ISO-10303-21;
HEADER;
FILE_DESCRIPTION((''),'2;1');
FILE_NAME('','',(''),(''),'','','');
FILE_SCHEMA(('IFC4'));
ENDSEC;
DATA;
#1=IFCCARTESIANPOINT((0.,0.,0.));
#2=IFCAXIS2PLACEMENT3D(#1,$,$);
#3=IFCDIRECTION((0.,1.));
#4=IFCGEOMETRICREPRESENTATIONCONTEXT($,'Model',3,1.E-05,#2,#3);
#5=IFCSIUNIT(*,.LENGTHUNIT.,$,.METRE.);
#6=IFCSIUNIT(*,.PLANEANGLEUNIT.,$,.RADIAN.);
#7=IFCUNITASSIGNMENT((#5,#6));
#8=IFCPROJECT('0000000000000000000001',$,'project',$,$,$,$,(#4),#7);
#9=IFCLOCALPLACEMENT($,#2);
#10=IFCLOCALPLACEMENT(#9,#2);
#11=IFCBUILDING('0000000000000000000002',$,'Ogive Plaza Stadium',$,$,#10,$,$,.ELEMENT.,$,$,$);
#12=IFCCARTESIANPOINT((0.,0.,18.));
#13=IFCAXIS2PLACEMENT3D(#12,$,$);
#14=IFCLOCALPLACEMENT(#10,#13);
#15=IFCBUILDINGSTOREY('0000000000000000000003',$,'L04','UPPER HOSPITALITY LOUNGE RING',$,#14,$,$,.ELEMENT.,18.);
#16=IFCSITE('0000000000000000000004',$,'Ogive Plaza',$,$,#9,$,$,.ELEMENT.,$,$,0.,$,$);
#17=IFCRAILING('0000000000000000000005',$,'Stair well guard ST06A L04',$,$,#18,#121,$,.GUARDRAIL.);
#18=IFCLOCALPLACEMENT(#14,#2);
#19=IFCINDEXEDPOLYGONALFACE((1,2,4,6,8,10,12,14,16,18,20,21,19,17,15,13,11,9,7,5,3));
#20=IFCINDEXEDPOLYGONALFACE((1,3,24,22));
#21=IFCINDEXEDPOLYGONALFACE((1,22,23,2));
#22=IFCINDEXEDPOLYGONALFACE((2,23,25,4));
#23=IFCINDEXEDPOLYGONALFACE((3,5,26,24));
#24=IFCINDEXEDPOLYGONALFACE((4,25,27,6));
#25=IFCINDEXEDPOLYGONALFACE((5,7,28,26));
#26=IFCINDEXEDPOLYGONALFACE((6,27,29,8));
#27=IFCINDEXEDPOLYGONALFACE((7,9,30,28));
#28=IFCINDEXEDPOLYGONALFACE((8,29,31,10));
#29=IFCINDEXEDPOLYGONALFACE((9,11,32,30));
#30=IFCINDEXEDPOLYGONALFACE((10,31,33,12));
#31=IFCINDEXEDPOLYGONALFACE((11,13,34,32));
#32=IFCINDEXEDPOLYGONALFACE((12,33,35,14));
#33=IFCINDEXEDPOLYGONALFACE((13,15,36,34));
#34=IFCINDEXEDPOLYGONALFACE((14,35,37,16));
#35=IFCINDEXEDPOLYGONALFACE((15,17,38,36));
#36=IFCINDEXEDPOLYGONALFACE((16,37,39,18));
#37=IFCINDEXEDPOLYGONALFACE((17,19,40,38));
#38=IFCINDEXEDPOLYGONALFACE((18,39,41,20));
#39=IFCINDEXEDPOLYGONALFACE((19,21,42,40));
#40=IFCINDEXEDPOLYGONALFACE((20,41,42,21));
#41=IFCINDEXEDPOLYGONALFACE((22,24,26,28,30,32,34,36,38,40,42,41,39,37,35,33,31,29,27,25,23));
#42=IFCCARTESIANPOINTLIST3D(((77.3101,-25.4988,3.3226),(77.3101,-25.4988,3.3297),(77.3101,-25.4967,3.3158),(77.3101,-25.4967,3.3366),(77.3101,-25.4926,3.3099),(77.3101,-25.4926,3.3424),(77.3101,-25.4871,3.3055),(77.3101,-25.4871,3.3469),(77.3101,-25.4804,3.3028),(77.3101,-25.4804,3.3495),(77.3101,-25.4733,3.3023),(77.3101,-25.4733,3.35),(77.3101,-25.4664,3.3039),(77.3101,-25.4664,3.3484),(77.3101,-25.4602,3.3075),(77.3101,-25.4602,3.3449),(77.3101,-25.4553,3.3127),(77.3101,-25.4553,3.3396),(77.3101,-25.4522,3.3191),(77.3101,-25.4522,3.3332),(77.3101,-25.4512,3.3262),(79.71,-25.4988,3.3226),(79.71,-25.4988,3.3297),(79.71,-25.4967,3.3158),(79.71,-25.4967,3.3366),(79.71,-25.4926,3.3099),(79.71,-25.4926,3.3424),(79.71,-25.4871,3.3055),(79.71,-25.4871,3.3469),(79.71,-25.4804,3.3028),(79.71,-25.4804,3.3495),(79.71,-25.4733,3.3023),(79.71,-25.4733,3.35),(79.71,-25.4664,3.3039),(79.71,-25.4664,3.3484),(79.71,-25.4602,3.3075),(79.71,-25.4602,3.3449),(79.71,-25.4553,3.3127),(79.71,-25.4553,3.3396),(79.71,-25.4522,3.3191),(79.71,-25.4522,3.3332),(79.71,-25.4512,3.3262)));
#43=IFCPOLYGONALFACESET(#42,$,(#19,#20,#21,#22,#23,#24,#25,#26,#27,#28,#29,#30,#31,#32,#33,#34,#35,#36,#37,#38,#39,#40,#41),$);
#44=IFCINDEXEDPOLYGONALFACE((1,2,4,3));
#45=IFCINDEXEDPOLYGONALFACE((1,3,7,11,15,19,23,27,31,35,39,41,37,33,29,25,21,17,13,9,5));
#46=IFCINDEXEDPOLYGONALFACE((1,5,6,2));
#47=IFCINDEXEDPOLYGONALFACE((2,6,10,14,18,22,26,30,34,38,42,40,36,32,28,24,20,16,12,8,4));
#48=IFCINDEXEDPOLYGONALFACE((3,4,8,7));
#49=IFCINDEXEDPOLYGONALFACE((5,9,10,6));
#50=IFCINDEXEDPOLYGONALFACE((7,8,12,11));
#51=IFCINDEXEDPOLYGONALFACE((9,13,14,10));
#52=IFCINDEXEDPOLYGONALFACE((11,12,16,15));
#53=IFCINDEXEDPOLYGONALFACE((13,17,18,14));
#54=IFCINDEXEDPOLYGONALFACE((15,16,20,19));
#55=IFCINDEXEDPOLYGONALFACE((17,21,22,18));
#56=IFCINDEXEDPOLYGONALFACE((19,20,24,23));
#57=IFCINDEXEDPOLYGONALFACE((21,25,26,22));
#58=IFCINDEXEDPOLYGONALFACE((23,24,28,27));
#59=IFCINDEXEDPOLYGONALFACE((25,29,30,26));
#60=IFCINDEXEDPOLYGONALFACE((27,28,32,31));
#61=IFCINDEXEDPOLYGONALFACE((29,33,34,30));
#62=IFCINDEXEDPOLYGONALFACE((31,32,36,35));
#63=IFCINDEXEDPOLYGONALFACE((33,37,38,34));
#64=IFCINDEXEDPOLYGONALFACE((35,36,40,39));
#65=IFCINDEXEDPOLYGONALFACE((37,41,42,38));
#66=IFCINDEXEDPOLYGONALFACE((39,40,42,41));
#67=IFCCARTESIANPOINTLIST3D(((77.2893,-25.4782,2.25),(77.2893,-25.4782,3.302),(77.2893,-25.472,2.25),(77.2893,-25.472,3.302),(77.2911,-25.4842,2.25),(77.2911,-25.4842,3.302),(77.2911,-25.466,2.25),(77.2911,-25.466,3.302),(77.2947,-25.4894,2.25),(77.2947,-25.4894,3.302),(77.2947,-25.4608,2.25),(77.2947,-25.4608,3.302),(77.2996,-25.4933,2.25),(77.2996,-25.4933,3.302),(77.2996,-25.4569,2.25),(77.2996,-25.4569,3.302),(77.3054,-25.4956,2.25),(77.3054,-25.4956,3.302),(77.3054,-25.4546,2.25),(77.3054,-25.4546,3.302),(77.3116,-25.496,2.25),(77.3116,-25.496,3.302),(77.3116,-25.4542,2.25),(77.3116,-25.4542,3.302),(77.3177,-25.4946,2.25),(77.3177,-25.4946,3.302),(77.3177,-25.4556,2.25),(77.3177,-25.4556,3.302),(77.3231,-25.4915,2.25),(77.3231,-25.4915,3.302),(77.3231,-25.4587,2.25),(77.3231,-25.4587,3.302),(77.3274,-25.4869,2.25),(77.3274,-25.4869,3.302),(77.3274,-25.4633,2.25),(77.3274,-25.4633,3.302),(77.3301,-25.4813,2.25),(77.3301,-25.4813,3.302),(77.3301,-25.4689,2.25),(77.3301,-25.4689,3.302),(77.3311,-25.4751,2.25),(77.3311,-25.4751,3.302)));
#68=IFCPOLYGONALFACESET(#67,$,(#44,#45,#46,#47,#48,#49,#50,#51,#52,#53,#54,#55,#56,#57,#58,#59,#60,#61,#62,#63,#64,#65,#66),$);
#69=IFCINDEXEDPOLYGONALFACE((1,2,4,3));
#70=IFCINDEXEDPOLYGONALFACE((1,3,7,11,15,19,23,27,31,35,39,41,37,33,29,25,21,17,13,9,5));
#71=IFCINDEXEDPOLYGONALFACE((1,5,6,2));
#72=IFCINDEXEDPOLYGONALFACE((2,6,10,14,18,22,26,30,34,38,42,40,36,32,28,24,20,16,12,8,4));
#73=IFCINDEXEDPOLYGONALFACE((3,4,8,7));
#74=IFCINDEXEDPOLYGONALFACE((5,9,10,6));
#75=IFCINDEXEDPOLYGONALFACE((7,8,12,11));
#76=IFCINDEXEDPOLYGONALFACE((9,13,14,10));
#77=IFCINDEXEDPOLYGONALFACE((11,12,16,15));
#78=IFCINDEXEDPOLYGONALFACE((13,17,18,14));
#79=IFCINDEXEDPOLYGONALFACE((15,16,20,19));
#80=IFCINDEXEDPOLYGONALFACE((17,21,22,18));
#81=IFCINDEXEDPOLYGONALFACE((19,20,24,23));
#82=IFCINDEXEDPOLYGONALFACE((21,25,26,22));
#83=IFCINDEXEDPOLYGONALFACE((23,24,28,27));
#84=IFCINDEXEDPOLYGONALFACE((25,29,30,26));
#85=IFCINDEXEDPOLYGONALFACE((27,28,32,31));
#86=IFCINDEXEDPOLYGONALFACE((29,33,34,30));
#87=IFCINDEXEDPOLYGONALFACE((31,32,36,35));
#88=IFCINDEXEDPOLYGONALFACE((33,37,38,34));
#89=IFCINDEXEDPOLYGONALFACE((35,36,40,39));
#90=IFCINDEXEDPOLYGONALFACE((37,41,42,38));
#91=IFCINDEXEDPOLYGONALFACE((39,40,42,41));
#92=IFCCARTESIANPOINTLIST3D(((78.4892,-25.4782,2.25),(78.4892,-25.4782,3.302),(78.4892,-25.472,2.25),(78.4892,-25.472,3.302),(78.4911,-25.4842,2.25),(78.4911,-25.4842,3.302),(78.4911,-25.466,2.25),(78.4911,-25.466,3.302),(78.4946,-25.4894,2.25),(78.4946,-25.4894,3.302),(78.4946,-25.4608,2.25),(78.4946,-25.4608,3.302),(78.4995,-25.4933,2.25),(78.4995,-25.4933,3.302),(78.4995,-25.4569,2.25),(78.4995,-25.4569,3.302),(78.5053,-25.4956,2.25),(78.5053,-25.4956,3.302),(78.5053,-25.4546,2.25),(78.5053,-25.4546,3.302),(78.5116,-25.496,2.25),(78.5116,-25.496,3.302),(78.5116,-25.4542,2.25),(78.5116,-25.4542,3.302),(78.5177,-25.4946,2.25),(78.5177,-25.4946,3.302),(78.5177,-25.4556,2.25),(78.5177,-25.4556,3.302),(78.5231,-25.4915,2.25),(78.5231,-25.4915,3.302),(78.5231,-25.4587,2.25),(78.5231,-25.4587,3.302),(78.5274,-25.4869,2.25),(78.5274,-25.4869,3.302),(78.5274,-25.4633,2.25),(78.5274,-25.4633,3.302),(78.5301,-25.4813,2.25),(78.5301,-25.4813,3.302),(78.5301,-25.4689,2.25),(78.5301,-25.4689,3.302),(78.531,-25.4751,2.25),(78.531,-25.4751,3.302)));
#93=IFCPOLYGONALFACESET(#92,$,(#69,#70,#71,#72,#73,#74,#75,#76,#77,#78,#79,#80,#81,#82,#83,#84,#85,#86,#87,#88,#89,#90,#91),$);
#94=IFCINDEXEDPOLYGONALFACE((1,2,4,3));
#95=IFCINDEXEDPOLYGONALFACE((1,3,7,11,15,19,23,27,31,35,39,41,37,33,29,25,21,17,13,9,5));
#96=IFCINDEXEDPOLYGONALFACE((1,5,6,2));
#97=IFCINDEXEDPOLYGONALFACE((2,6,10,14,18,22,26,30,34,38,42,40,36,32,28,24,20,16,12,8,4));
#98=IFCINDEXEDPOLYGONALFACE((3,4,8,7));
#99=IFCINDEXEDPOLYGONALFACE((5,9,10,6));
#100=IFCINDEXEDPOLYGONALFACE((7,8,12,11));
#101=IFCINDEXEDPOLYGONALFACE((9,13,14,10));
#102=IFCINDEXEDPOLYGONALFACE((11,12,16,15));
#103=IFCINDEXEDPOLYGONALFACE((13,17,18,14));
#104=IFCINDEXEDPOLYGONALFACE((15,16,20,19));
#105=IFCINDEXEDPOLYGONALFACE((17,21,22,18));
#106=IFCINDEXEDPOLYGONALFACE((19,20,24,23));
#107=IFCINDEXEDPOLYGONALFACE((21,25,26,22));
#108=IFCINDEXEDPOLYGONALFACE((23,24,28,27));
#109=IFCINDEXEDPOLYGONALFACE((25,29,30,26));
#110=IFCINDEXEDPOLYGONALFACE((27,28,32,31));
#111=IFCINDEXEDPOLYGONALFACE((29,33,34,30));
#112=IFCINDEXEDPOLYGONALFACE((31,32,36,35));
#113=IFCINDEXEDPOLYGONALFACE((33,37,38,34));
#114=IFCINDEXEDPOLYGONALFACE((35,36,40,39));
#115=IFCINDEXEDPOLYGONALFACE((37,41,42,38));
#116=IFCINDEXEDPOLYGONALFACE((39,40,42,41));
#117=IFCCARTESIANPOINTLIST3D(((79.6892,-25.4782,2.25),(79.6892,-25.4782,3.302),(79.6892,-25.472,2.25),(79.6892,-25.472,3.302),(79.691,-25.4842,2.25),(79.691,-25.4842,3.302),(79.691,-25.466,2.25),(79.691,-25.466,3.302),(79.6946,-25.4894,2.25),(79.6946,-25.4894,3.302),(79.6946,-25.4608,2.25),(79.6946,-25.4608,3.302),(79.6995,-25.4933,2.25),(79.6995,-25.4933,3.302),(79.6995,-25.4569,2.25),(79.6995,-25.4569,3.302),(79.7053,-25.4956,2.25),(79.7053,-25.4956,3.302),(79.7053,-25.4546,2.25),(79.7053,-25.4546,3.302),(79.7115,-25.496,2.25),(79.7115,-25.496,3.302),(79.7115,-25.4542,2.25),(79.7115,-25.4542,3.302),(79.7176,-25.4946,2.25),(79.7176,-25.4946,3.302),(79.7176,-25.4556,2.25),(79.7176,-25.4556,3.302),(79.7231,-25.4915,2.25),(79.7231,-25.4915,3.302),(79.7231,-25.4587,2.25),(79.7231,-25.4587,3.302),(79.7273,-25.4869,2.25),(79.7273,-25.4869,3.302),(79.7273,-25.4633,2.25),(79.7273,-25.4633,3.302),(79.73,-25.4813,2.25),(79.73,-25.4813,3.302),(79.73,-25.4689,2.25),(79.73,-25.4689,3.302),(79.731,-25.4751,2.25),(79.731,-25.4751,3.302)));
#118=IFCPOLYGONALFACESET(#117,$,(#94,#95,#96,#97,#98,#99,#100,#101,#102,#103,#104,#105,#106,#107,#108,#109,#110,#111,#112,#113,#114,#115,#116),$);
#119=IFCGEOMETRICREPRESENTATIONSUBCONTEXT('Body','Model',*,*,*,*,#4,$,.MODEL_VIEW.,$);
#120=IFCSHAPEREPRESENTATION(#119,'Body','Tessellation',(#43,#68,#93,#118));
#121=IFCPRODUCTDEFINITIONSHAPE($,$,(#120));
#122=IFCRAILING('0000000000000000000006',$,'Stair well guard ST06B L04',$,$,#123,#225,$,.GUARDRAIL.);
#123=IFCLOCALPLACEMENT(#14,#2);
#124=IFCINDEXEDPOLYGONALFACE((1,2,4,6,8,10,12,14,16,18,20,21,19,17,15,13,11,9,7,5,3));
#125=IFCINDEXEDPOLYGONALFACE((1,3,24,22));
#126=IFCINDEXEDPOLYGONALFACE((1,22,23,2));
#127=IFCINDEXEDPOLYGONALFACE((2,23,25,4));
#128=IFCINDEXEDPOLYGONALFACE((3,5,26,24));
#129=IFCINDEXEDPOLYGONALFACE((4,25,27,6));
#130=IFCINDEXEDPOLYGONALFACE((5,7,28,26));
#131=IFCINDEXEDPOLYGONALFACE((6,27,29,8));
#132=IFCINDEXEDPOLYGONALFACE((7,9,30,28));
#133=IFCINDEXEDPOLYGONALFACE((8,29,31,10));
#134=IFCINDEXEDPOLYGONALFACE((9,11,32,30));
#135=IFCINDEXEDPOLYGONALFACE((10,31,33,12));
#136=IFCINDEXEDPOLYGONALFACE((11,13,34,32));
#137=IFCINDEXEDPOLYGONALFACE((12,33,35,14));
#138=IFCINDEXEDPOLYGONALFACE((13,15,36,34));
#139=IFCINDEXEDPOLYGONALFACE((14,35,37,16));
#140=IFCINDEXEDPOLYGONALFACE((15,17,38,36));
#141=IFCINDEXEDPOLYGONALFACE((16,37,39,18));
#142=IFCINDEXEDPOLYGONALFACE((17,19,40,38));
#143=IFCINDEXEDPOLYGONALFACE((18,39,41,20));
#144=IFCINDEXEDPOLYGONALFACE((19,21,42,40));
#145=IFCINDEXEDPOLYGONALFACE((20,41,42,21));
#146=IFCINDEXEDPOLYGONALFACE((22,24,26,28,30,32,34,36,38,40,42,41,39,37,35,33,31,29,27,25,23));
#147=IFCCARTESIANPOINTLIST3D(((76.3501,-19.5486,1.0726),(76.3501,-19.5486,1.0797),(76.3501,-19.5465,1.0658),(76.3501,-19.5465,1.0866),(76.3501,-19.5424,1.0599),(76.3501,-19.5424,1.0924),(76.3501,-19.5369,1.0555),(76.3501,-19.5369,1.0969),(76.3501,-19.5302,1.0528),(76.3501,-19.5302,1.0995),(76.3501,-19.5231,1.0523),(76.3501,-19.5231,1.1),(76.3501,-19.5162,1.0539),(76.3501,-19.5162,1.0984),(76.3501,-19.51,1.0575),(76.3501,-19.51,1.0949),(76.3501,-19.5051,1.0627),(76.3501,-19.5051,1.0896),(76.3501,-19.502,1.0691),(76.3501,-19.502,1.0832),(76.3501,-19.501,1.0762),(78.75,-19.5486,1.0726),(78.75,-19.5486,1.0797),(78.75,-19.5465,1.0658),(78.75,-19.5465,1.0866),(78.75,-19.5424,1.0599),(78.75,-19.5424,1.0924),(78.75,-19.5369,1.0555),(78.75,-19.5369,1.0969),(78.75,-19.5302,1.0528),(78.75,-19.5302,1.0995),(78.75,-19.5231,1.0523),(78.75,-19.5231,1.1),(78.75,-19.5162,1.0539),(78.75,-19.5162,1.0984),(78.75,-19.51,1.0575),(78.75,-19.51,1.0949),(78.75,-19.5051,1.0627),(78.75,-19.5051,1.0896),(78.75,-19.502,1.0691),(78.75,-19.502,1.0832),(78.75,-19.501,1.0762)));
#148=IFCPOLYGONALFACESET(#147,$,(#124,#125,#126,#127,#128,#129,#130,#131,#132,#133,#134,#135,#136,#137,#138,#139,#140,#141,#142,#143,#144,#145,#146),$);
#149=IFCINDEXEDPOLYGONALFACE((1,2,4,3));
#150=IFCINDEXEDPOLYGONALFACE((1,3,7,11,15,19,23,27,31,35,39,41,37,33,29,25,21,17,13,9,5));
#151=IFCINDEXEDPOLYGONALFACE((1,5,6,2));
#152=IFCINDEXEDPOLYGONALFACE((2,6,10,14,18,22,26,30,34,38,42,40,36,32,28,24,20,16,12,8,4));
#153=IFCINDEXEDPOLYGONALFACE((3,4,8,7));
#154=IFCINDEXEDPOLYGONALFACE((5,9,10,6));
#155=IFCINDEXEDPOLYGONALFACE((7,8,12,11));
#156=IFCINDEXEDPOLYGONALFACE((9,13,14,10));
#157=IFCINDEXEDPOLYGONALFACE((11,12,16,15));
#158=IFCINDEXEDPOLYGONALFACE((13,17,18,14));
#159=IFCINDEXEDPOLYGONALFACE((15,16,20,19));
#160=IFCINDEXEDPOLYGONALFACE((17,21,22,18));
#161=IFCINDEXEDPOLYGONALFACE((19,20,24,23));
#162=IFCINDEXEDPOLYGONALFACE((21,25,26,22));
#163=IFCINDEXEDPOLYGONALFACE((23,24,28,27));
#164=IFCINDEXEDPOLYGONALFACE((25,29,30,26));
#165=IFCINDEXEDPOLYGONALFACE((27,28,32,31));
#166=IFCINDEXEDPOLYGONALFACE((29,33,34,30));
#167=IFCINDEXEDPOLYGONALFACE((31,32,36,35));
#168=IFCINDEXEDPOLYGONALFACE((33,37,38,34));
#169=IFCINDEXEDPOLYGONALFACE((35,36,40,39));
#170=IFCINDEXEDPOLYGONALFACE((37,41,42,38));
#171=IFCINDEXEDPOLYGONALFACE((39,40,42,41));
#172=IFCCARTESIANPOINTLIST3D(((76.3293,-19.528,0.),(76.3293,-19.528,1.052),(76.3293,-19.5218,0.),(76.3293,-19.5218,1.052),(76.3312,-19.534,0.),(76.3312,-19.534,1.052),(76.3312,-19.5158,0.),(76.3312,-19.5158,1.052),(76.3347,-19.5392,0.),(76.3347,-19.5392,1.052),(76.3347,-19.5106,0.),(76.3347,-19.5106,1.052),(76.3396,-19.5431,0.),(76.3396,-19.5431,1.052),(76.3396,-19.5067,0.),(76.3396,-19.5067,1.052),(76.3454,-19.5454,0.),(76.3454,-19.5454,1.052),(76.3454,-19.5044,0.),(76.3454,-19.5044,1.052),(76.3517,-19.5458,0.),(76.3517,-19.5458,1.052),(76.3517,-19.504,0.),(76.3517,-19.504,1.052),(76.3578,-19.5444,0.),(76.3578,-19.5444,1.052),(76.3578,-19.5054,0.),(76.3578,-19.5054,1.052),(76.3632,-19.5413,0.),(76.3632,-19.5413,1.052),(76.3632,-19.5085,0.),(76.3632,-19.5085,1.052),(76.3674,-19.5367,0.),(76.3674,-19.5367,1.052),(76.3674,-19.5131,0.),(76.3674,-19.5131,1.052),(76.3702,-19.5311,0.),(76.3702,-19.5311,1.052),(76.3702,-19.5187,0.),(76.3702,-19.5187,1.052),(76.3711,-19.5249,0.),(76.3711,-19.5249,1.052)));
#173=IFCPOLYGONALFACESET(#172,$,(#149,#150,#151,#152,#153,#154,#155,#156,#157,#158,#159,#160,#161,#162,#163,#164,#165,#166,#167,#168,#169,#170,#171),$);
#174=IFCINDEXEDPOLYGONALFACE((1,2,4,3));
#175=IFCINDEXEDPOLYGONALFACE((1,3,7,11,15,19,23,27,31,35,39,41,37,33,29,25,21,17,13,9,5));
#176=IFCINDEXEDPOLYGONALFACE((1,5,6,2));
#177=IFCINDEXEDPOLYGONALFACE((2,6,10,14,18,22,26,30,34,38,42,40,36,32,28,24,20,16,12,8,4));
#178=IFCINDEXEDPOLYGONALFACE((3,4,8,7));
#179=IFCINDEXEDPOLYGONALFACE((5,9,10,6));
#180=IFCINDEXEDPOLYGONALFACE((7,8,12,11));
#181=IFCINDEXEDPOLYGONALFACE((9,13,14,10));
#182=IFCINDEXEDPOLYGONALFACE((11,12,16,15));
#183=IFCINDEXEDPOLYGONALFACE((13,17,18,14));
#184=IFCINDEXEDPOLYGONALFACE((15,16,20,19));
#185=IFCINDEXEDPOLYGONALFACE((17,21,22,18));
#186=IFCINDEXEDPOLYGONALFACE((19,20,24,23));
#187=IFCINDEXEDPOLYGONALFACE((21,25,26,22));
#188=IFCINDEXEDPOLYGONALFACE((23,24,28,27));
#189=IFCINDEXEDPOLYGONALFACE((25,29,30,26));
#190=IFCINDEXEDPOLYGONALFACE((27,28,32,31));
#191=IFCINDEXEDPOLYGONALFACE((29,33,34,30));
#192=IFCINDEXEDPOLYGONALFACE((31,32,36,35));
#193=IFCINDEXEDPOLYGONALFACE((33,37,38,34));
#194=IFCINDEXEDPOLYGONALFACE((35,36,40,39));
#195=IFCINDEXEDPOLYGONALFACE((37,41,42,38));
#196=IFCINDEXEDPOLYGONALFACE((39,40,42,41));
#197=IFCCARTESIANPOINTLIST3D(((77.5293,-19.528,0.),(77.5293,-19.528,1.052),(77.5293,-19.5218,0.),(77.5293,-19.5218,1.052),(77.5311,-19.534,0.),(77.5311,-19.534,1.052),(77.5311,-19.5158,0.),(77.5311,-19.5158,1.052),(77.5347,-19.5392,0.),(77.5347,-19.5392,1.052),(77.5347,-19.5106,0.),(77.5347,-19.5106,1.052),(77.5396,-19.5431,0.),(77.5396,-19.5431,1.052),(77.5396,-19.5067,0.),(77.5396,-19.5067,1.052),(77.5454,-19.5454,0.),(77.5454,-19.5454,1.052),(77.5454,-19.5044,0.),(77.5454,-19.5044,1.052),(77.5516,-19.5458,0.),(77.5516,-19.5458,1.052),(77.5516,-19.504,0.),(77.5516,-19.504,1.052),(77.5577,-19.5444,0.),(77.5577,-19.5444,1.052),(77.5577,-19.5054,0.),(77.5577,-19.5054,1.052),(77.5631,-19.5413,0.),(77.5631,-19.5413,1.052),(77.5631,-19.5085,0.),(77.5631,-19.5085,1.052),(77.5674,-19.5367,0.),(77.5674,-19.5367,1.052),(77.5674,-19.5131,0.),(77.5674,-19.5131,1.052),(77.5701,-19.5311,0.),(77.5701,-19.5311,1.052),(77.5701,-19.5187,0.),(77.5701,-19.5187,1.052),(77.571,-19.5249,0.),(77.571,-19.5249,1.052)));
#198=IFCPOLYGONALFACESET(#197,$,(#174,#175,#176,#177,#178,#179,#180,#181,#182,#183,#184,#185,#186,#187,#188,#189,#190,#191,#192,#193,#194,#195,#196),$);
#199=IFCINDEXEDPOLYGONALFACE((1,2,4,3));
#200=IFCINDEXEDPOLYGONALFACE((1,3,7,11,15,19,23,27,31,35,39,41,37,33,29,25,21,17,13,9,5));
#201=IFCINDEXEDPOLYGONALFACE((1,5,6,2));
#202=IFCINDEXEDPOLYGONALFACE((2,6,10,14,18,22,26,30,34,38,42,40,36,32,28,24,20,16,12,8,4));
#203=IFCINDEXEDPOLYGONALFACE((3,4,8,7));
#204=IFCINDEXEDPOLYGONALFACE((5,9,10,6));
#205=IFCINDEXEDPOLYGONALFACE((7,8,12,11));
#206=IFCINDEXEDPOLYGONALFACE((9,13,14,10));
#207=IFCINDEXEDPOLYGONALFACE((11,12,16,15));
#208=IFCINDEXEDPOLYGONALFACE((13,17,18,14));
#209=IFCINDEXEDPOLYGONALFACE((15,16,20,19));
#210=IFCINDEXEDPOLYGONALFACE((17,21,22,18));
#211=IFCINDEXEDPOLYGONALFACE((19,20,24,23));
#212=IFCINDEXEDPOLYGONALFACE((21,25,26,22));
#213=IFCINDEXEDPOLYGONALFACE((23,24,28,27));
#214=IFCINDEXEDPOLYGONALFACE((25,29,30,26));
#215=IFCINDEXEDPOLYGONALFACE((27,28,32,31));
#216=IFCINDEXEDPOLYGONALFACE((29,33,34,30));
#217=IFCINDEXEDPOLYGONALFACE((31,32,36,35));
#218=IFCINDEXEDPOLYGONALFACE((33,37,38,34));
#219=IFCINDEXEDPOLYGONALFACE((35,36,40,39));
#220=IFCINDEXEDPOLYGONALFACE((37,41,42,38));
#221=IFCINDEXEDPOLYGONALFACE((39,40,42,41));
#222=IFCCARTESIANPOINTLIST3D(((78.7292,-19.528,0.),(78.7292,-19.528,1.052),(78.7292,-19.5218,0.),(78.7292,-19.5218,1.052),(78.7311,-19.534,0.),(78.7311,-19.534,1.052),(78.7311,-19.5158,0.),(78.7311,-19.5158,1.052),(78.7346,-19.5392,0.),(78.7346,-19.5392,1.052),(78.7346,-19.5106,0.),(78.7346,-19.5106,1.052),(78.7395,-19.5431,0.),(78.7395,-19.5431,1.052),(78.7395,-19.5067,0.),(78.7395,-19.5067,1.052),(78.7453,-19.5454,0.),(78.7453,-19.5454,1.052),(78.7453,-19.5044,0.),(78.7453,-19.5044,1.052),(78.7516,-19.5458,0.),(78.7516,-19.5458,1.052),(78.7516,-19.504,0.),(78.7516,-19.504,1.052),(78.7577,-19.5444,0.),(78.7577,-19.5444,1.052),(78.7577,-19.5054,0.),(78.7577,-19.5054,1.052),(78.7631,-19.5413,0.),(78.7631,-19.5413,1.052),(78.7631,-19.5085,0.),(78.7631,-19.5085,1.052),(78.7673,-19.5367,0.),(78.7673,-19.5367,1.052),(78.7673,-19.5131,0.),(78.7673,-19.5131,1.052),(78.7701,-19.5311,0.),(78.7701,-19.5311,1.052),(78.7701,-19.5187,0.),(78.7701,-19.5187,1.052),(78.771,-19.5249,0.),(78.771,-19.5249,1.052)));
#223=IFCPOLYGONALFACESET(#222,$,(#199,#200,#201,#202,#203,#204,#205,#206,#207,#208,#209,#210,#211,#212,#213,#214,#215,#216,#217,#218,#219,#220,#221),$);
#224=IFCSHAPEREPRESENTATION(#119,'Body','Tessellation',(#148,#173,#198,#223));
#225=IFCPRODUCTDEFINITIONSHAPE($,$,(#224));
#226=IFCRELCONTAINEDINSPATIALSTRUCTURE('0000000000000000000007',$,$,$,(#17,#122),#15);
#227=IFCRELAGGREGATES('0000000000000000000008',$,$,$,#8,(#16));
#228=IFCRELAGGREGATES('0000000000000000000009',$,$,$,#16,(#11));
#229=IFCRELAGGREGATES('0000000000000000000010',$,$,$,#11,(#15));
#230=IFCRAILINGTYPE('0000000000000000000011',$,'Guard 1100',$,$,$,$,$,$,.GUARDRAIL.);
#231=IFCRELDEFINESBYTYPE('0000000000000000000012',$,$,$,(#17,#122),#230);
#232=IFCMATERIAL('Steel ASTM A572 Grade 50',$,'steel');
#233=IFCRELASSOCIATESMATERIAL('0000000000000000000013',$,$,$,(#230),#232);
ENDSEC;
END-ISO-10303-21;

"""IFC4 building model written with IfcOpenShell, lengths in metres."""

from ifc_helpers import new_model, si_unit, direction, frame, origin, origin_2d, place, context, subcontext, project, spatial, circle, extrude, material, type_object, element, save


model = new_model("IFC4")

# Units and contexts
model_context = context("Model", 3, precision=1e-05, world=origin(), true_north=direction((0.0, 1.0)))
body_context = subcontext(model_context, "Body", "Model", "MODEL_VIEW")
ifc_project = project(units=[si_unit("LENGTHUNIT", "METRE"), si_unit("PLANEANGLEUNIT", "RADIAN")], contexts=[model_context])

# Site, building, storey
site_placement = place(None, origin())
site = spatial("IfcSite", under=ifc_project, at=site_placement, Name="Ogive Plaza", CompositionType="ELEMENT", RefElevation=0.0)
building_placement = place(site_placement, origin())
building = spatial("IfcBuilding", under=site, at=building_placement, Name="Ogive Plaza Stadium", CompositionType="ELEMENT")
storey_placement = place(building_placement, frame((0.0, 0.0, 18.0)))
storey = spatial("IfcBuildingStorey", under=building, at=storey_placement, Name="L04", Description="UPPER HOSPITALITY LOUNGE RING", CompositionType="ELEMENT", Elevation=18.0)

# Railings
ifc_material_1 = material(Name="Steel ASTM A572 Grade 50", Category="steel")
railing_type_1 = type_object("IfcRailingType", Name="Guard 1100", PredefinedType="GUARDRAIL", material=ifc_material_1)
for number, where, name in (
    (1, (77.3101, -25.4751, 2.25), "Stair well guard ST06A L04"),
    (2, (76.3501, -19.5249, 0.0), "Stair well guard ST06B L04"),
):
    element("IfcRailing", number, at=place(storey_placement, frame(where)), inside=storey, type_object=railing_type_1, Name=name, PredefinedType="GUARDRAIL", context=body_context, shape_type="SweptSolid", body=[
        extrude(circle(Radius=0.0239, at=origin_2d()), frame((0.0, 0.0, 1.0762), z_axis=(1.0, 0.0, 0.0), x_axis=(0.0, 1.0, 0.0)), (0.0, 0.0, 1.0), 2.3999),
        extrude(circle(Radius=0.021, at=origin_2d()), origin(), (0.0, 0.0, 1.0), 1.052),
        extrude(circle(Radius=0.021, at=origin_2d()), frame((1.2, 0.0, 0.0)), (0.0, 0.0, 1.0), 1.052),
        extrude(circle(Radius=0.021, at=origin_2d()), frame((2.3999, 0.0, 0.0)), (0.0, 0.0, 1.0), 1.052),
    ])

save(model, "model.ifc")
